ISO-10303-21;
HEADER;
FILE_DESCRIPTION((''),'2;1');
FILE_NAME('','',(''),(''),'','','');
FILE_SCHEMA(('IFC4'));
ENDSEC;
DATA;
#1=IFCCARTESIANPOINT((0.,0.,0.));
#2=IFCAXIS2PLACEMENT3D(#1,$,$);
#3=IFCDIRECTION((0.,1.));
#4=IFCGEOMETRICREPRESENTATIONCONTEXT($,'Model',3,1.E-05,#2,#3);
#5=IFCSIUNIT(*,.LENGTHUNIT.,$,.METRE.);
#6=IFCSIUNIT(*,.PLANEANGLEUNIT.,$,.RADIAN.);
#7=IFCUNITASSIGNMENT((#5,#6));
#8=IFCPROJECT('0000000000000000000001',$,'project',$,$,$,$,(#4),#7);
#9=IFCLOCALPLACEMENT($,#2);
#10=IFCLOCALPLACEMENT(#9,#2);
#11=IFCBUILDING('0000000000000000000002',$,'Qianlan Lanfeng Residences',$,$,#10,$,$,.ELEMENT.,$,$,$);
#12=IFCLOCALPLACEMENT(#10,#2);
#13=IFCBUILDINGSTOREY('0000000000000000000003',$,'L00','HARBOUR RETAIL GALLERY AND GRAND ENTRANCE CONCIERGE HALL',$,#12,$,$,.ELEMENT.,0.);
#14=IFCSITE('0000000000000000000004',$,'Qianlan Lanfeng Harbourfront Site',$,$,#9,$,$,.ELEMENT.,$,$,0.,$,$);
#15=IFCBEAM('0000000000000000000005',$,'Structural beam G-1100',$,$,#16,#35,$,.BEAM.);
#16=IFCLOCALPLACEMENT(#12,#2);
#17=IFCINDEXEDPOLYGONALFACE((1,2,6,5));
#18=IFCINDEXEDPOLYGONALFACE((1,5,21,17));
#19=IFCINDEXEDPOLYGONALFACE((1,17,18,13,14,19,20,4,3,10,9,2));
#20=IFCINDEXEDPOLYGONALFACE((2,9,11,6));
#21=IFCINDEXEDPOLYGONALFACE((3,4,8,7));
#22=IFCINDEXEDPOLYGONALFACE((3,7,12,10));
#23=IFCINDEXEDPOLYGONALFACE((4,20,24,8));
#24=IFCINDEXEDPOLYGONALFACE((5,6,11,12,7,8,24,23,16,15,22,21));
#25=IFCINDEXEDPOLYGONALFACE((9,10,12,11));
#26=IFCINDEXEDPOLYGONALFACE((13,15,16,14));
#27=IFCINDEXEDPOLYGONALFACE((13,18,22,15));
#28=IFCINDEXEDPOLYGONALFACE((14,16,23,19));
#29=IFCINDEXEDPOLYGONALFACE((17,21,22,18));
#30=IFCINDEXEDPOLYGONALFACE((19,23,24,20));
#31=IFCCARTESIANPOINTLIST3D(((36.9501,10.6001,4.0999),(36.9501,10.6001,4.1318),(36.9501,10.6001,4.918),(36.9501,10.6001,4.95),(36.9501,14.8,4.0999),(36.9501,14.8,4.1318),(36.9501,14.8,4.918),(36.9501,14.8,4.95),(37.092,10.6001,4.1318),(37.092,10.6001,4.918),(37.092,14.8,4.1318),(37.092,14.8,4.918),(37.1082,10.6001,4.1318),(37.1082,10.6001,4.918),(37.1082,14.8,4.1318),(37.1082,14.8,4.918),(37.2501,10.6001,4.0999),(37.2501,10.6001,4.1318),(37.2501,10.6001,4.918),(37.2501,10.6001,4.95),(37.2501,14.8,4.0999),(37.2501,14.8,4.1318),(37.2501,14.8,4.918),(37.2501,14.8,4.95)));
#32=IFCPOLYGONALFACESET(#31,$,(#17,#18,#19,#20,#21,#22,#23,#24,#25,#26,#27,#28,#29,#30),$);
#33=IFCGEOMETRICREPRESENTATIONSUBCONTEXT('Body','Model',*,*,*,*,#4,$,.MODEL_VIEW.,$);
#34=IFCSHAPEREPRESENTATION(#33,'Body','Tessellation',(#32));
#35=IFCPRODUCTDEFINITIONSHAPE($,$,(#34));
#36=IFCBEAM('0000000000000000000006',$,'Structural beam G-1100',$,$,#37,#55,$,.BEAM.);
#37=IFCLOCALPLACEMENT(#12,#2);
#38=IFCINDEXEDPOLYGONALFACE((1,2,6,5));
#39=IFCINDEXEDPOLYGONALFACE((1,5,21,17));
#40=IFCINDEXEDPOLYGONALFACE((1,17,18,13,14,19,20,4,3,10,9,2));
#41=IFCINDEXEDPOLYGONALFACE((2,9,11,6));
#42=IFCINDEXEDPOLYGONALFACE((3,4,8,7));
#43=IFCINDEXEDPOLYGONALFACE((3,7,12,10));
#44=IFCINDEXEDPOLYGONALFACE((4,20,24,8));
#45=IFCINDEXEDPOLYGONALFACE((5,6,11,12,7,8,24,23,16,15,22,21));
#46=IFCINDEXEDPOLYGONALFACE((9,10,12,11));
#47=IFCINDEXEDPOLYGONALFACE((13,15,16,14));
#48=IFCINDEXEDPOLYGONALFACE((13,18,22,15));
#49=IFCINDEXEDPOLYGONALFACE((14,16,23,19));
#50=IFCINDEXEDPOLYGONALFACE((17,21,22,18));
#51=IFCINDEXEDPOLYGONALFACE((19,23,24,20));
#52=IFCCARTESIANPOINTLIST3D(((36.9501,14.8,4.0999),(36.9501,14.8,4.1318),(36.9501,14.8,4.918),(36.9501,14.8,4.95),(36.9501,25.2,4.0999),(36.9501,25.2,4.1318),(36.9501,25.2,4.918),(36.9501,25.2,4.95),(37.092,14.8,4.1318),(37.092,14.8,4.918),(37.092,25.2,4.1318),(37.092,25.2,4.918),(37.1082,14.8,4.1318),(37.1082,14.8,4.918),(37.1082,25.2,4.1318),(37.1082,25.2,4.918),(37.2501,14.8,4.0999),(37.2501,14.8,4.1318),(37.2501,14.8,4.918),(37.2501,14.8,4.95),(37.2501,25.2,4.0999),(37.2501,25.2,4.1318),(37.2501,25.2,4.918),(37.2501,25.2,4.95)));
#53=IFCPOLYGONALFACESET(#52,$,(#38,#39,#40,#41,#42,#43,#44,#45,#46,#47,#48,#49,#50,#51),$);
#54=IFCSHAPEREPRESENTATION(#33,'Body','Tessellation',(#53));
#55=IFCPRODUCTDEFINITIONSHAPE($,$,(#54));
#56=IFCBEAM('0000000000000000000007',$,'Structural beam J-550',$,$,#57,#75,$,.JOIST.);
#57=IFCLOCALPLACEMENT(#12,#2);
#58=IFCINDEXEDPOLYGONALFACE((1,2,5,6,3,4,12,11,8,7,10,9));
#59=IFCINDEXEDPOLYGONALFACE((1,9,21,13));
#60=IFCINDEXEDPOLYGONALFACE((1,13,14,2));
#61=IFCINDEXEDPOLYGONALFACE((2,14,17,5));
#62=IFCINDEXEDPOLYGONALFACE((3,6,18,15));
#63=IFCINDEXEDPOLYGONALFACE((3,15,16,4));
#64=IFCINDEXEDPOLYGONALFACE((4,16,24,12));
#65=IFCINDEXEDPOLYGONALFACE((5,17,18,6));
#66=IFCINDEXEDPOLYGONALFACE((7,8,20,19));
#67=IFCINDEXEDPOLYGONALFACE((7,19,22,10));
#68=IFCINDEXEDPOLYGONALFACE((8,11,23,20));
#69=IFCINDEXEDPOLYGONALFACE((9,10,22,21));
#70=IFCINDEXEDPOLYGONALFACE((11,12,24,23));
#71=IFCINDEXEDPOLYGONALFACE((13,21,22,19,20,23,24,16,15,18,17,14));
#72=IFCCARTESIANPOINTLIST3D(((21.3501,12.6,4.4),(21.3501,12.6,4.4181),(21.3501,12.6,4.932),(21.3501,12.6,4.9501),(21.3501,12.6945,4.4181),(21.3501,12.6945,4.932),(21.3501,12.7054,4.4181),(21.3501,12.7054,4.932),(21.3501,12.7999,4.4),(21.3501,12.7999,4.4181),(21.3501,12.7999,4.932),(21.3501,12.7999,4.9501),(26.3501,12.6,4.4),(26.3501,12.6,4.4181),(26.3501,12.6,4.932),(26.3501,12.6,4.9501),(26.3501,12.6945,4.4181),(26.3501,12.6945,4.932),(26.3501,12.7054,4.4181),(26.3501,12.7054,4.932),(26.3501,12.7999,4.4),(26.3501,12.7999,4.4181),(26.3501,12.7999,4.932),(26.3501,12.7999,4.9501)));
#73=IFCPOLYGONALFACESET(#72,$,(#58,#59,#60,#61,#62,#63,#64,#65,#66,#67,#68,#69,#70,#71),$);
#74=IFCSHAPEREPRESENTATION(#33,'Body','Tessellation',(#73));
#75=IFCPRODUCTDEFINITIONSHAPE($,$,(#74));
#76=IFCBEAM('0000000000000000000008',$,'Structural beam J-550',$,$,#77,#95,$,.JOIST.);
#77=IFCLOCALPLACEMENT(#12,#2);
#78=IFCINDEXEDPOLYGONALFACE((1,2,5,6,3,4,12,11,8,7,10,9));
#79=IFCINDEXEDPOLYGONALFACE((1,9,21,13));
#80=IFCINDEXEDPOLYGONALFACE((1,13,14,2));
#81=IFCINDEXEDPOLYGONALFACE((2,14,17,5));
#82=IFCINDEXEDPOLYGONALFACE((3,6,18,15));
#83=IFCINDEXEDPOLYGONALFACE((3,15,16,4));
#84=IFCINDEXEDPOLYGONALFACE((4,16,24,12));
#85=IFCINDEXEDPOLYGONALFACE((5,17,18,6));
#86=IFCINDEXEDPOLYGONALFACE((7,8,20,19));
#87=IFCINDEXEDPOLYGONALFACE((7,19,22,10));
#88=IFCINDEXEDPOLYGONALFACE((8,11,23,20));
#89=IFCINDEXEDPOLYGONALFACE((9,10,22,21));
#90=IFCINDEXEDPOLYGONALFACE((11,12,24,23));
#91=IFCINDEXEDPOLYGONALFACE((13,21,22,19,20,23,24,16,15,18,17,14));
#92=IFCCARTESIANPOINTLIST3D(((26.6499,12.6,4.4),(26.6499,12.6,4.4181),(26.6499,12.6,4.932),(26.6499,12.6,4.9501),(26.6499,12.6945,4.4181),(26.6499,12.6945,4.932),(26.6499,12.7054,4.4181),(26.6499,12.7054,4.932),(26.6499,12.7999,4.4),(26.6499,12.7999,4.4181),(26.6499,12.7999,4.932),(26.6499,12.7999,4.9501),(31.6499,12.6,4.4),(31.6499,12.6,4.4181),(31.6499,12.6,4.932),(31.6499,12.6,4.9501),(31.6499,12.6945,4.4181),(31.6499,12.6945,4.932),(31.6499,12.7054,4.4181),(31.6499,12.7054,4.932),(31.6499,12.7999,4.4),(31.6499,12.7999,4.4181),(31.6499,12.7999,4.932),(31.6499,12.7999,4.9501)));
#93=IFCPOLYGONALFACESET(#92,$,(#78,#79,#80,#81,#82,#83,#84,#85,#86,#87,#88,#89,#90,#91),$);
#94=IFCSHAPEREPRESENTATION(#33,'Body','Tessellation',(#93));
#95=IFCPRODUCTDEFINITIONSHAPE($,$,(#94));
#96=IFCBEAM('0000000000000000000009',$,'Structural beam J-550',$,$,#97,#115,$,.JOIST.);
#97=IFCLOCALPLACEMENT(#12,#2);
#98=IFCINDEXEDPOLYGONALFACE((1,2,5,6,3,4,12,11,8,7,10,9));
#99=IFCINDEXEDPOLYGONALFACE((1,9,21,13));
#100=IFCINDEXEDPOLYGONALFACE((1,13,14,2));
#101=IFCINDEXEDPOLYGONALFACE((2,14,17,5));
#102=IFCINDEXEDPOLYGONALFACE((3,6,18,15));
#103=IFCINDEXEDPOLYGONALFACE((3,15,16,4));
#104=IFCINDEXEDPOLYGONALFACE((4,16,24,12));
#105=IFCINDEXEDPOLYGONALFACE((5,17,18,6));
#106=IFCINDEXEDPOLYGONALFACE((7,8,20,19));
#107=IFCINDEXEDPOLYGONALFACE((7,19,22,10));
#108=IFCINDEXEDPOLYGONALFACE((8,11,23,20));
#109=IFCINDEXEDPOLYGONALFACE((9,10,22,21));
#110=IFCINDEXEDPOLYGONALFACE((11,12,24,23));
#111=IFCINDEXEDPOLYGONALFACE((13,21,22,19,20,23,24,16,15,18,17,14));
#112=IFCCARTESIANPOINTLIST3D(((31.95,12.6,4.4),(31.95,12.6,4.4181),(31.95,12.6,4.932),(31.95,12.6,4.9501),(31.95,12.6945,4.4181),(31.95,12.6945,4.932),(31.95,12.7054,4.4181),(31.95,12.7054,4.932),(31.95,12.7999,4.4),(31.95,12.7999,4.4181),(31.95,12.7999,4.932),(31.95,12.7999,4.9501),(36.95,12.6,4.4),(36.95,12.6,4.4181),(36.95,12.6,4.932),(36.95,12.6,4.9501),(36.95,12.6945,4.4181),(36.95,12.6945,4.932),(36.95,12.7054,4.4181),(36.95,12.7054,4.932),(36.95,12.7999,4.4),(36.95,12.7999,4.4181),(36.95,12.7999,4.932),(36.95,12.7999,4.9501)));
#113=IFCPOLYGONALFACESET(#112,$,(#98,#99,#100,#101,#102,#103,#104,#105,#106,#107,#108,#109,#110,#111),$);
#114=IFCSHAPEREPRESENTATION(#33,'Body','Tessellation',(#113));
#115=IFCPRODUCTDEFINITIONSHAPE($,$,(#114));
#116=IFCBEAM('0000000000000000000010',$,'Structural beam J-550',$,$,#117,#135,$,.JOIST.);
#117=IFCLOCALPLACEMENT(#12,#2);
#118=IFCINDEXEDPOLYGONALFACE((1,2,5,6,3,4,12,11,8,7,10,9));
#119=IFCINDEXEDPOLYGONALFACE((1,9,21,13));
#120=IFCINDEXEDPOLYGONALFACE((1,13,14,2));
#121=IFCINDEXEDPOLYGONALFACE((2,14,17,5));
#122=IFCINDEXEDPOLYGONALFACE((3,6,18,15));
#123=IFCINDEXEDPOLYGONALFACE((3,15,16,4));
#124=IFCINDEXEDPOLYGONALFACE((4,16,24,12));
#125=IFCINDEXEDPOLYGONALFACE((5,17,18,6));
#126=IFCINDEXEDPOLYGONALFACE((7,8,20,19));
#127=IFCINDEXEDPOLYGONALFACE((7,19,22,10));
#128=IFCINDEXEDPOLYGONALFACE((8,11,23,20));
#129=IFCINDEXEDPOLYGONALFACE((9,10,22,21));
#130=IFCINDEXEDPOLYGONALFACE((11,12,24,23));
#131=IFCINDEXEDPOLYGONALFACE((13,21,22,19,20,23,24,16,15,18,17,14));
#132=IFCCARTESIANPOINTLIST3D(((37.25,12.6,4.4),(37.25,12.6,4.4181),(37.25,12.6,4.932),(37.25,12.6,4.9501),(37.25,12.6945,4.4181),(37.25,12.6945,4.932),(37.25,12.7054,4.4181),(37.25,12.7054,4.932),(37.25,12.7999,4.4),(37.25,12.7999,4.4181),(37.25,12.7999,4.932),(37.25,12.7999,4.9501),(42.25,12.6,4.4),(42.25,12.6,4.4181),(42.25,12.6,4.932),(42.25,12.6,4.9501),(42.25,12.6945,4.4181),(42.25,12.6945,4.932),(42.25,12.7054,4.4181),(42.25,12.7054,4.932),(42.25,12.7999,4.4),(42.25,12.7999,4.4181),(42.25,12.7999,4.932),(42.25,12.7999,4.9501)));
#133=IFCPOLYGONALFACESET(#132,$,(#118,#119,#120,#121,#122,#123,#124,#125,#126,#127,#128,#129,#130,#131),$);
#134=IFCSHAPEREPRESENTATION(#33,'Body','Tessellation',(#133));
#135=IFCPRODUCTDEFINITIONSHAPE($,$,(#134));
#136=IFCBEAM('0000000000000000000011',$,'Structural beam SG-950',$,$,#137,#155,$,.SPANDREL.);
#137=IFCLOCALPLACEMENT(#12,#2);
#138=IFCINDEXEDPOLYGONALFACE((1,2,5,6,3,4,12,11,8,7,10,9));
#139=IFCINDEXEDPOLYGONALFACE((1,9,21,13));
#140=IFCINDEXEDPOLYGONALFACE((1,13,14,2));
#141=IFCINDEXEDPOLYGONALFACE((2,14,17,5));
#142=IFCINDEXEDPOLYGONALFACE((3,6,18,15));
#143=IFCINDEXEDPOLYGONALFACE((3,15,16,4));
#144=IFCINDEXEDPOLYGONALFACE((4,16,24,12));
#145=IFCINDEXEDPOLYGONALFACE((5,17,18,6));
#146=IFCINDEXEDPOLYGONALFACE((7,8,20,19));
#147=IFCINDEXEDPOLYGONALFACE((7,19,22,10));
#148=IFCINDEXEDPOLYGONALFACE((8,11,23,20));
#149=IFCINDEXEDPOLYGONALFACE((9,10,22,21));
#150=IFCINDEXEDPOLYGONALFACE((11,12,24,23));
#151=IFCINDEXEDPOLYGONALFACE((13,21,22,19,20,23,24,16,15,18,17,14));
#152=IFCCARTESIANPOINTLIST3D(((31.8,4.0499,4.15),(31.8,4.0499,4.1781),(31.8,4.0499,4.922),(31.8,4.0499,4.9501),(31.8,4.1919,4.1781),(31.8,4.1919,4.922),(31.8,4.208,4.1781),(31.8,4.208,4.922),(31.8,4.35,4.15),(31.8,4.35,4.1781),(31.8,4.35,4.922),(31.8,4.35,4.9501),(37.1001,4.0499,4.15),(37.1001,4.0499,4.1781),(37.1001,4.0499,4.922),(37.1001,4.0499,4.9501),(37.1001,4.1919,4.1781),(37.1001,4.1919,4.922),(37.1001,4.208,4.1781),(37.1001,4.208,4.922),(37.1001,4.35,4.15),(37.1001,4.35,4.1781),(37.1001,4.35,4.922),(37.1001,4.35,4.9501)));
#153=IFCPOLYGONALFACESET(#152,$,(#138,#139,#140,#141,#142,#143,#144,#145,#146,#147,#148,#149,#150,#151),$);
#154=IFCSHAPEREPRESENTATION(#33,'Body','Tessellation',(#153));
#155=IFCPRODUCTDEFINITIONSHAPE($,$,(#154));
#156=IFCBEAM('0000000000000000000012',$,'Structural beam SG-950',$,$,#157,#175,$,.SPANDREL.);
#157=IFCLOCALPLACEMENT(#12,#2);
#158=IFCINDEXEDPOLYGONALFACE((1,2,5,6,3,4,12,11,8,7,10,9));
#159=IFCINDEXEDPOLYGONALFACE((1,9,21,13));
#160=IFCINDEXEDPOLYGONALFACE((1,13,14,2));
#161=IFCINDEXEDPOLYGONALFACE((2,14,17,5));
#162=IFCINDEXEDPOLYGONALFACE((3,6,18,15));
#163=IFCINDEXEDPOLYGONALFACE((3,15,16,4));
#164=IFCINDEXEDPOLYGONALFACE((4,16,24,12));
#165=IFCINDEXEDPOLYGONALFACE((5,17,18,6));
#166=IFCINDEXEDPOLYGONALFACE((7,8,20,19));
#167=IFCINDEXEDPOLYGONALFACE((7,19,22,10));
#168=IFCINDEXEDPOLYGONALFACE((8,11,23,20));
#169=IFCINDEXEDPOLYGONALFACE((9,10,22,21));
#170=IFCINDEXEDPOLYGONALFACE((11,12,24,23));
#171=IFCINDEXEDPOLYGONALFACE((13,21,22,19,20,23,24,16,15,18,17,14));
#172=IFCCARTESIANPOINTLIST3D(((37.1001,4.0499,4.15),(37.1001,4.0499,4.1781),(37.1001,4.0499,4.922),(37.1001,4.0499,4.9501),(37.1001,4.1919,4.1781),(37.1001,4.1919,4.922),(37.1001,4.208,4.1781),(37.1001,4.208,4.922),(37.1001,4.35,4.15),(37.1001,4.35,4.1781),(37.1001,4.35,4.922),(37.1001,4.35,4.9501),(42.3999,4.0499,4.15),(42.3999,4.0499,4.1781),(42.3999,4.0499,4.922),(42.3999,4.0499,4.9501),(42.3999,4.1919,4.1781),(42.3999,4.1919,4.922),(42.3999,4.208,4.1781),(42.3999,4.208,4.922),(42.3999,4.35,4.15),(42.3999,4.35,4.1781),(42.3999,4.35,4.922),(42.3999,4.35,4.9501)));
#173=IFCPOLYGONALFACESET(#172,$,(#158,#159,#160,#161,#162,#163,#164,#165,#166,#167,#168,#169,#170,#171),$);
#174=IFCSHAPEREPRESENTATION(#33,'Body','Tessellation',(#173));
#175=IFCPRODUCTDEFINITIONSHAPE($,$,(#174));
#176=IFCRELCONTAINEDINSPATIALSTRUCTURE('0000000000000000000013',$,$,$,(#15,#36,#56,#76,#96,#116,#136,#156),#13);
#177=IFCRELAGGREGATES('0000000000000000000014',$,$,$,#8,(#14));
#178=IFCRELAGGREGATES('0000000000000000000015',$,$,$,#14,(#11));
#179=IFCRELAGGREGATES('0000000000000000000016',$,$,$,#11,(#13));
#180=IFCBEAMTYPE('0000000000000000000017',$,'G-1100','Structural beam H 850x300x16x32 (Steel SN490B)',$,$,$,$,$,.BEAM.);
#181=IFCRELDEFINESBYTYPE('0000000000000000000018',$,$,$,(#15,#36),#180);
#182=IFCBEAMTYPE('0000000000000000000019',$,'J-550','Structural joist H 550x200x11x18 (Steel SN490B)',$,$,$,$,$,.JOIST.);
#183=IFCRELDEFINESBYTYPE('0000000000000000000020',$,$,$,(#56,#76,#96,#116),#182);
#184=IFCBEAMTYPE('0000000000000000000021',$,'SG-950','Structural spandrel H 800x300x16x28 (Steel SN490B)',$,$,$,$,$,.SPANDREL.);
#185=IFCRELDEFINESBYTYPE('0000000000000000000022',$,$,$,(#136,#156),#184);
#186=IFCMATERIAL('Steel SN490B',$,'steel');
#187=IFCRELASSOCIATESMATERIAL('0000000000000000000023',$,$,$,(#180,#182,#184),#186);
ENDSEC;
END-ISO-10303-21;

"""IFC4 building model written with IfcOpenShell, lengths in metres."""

from ifc_helpers import new_model, si_unit, direction, frame, origin, origin_2d, place, context, subcontext, project, spatial, i_section, extrude, material, material_profile, profile_set, type_object, element, save


model = new_model("IFC4")

# Units and contexts
model_context = context("Model", 3, precision=1e-05, world=origin(), true_north=direction((0.0, 1.0)))
body_context = subcontext(model_context, "Body", "Model", "MODEL_VIEW")
ifc_project = project(units=[si_unit("LENGTHUNIT", "METRE"), si_unit("PLANEANGLEUNIT", "RADIAN")], contexts=[model_context])

# Site, building, storey
site_placement = place(None, origin())
site = spatial("IfcSite", under=ifc_project, at=site_placement, Name="Qianlan Lanfeng Harbourfront Site", CompositionType="ELEMENT", RefElevation=0.0)
building_placement = place(site_placement, origin())
building = spatial("IfcBuilding", under=site, at=building_placement, Name="Qianlan Lanfeng Residences", CompositionType="ELEMENT")
storey_placement = place(building_placement, origin())
storey = spatial("IfcBuildingStorey", under=building, at=storey_placement, Name="L00", Description="HARBOUR RETAIL GALLERY AND GRAND ENTRANCE CONCIERGE HALL", CompositionType="ELEMENT", Elevation=0.0)

# Beams
ifc_material_1 = material(Name="Steel SN490B", Category="steel")
ifc_material_profile_1 = material_profile(ifc_material_1, i_section(OverallWidth=0.3, OverallDepth=0.8501, WebThickness=0.0161, FlangeThickness=0.032, at=origin_2d()), Name="H 850x300x16x32")
ifc_profile_set_1 = profile_set([ifc_material_profile_1], Name="Steel SN490B")
beam_type_1 = type_object("IfcBeamType", Name="G-1100", Description="Structural beam H 850x300x16x32 (Steel SN490B)", PredefinedType="BEAM", material=ifc_profile_set_1)
beam_1_placement = place(storey_placement, frame((37.1001, 10.6001, 4.5249), z_axis=(0.0, 1.0, 0.0), x_axis=(-1.0, 0.0, 0.0)))
element("IfcBeam", 1, at=beam_1_placement, inside=storey, type_object=beam_type_1, Name="Structural beam G-1100", PredefinedType="BEAM", context=body_context, shape_type="SweptSolid", body=[
    extrude(i_section(OverallWidth=0.3, OverallDepth=0.8501, WebThickness=0.0161, FlangeThickness=0.032, at=origin_2d()), origin(), (0.0, 0.0, 1.0), 4.2),
])
beam_2_placement = place(storey_placement, frame((37.1001, 14.8, 4.5249), z_axis=(0.0, 1.0, 0.0), x_axis=(-1.0, 0.0, 0.0)))
element("IfcBeam", 2, at=beam_2_placement, inside=storey, type_object=beam_type_1, Name="Structural beam G-1100", PredefinedType="BEAM", context=body_context, shape_type="SweptSolid", body=[
    extrude(i_section(OverallWidth=0.3, OverallDepth=0.8501, WebThickness=0.0161, FlangeThickness=0.032, at=origin_2d()), origin(), (0.0, 0.0, 1.0), 10.3999),
])
ifc_material_profile_2 = material_profile(ifc_material_1, i_section(OverallWidth=0.2, OverallDepth=0.55, WebThickness=0.011, FlangeThickness=0.0181, at=origin_2d()), Name="H 550x200x11x18")
ifc_profile_set_2 = profile_set([ifc_material_profile_2], Name="Steel SN490B")
beam_type_2 = type_object("IfcBeamType", Name="J-550", Description="Structural joist H 550x200x11x18 (Steel SN490B)", PredefinedType="JOIST", material=ifc_profile_set_2)
for number, where, z_axis, x_axis, name in (
    (3, (21.3501, 12.7, 4.675), (1.0, 0.0, 0.0), (0.0, 1.0, 0.0), "Structural beam J-550"),
    (4, (26.6499, 12.7, 4.675), (1.0, 0.0, 0.0), (0.0, 1.0, 0.0), "Structural beam J-550"),
    (5, (31.95, 12.7, 4.675), (1.0, 0.0, 0.0), (0.0, 1.0, 0.0), "Structural beam J-550"),
    (6, (37.25, 12.7, 4.675), (1.0, 0.0, 0.0), (0.0, 1.0, 0.0), "Structural beam J-550"),
):
    element("IfcBeam", number, at=place(storey_placement, frame(where, z_axis=z_axis, x_axis=x_axis)), inside=storey, type_object=beam_type_2, Name=name, PredefinedType="JOIST", context=body_context, shape_type="SweptSolid", body=[
        extrude(i_section(OverallWidth=0.2, OverallDepth=0.55, WebThickness=0.011, FlangeThickness=0.0181, at=origin_2d()), origin(), (0.0, 0.0, 1.0), 5.0),
    ])
ifc_material_profile_3 = material_profile(ifc_material_1, i_section(OverallWidth=0.3, OverallDepth=0.8, WebThickness=0.0161, FlangeThickness=0.0281, at=origin_2d()), Name="H 800x300x16x28")
ifc_profile_set_3 = profile_set([ifc_material_profile_3], Name="Steel SN490B")
beam_type_3 = type_object("IfcBeamType", Name="SG-950", Description="Structural spandrel H 800x300x16x28 (Steel SN490B)", PredefinedType="SPANDREL", material=ifc_profile_set_3)
beam_3_placement = place(storey_placement, frame((31.8, 4.2, 4.55), z_axis=(1.0, 0.0, 0.0), x_axis=(0.0, 1.0, 0.0)))
element("IfcBeam", 7, at=beam_3_placement, inside=storey, type_object=beam_type_3, Name="Structural beam SG-950", PredefinedType="SPANDREL", context=body_context, shape_type="SweptSolid", body=[
    extrude(i_section(OverallWidth=0.3, OverallDepth=0.8, WebThickness=0.0161, FlangeThickness=0.0281, at=origin_2d()), origin(), (0.0, 0.0, 1.0), 5.3),
])
beam_4_placement = place(storey_placement, frame((37.1001, 4.2, 4.55), z_axis=(1.0, 0.0, 0.0), x_axis=(0.0, 1.0, 0.0)))
element("IfcBeam", 8, at=beam_4_placement, inside=storey, type_object=beam_type_3, Name="Structural beam SG-950", PredefinedType="SPANDREL", context=body_context, shape_type="SweptSolid", body=[
    extrude(i_section(OverallWidth=0.3, OverallDepth=0.8, WebThickness=0.0161, FlangeThickness=0.0281, at=origin_2d()), origin(), (0.0, 0.0, 1.0), 5.2998),
])

save(model, "model.ifc")
